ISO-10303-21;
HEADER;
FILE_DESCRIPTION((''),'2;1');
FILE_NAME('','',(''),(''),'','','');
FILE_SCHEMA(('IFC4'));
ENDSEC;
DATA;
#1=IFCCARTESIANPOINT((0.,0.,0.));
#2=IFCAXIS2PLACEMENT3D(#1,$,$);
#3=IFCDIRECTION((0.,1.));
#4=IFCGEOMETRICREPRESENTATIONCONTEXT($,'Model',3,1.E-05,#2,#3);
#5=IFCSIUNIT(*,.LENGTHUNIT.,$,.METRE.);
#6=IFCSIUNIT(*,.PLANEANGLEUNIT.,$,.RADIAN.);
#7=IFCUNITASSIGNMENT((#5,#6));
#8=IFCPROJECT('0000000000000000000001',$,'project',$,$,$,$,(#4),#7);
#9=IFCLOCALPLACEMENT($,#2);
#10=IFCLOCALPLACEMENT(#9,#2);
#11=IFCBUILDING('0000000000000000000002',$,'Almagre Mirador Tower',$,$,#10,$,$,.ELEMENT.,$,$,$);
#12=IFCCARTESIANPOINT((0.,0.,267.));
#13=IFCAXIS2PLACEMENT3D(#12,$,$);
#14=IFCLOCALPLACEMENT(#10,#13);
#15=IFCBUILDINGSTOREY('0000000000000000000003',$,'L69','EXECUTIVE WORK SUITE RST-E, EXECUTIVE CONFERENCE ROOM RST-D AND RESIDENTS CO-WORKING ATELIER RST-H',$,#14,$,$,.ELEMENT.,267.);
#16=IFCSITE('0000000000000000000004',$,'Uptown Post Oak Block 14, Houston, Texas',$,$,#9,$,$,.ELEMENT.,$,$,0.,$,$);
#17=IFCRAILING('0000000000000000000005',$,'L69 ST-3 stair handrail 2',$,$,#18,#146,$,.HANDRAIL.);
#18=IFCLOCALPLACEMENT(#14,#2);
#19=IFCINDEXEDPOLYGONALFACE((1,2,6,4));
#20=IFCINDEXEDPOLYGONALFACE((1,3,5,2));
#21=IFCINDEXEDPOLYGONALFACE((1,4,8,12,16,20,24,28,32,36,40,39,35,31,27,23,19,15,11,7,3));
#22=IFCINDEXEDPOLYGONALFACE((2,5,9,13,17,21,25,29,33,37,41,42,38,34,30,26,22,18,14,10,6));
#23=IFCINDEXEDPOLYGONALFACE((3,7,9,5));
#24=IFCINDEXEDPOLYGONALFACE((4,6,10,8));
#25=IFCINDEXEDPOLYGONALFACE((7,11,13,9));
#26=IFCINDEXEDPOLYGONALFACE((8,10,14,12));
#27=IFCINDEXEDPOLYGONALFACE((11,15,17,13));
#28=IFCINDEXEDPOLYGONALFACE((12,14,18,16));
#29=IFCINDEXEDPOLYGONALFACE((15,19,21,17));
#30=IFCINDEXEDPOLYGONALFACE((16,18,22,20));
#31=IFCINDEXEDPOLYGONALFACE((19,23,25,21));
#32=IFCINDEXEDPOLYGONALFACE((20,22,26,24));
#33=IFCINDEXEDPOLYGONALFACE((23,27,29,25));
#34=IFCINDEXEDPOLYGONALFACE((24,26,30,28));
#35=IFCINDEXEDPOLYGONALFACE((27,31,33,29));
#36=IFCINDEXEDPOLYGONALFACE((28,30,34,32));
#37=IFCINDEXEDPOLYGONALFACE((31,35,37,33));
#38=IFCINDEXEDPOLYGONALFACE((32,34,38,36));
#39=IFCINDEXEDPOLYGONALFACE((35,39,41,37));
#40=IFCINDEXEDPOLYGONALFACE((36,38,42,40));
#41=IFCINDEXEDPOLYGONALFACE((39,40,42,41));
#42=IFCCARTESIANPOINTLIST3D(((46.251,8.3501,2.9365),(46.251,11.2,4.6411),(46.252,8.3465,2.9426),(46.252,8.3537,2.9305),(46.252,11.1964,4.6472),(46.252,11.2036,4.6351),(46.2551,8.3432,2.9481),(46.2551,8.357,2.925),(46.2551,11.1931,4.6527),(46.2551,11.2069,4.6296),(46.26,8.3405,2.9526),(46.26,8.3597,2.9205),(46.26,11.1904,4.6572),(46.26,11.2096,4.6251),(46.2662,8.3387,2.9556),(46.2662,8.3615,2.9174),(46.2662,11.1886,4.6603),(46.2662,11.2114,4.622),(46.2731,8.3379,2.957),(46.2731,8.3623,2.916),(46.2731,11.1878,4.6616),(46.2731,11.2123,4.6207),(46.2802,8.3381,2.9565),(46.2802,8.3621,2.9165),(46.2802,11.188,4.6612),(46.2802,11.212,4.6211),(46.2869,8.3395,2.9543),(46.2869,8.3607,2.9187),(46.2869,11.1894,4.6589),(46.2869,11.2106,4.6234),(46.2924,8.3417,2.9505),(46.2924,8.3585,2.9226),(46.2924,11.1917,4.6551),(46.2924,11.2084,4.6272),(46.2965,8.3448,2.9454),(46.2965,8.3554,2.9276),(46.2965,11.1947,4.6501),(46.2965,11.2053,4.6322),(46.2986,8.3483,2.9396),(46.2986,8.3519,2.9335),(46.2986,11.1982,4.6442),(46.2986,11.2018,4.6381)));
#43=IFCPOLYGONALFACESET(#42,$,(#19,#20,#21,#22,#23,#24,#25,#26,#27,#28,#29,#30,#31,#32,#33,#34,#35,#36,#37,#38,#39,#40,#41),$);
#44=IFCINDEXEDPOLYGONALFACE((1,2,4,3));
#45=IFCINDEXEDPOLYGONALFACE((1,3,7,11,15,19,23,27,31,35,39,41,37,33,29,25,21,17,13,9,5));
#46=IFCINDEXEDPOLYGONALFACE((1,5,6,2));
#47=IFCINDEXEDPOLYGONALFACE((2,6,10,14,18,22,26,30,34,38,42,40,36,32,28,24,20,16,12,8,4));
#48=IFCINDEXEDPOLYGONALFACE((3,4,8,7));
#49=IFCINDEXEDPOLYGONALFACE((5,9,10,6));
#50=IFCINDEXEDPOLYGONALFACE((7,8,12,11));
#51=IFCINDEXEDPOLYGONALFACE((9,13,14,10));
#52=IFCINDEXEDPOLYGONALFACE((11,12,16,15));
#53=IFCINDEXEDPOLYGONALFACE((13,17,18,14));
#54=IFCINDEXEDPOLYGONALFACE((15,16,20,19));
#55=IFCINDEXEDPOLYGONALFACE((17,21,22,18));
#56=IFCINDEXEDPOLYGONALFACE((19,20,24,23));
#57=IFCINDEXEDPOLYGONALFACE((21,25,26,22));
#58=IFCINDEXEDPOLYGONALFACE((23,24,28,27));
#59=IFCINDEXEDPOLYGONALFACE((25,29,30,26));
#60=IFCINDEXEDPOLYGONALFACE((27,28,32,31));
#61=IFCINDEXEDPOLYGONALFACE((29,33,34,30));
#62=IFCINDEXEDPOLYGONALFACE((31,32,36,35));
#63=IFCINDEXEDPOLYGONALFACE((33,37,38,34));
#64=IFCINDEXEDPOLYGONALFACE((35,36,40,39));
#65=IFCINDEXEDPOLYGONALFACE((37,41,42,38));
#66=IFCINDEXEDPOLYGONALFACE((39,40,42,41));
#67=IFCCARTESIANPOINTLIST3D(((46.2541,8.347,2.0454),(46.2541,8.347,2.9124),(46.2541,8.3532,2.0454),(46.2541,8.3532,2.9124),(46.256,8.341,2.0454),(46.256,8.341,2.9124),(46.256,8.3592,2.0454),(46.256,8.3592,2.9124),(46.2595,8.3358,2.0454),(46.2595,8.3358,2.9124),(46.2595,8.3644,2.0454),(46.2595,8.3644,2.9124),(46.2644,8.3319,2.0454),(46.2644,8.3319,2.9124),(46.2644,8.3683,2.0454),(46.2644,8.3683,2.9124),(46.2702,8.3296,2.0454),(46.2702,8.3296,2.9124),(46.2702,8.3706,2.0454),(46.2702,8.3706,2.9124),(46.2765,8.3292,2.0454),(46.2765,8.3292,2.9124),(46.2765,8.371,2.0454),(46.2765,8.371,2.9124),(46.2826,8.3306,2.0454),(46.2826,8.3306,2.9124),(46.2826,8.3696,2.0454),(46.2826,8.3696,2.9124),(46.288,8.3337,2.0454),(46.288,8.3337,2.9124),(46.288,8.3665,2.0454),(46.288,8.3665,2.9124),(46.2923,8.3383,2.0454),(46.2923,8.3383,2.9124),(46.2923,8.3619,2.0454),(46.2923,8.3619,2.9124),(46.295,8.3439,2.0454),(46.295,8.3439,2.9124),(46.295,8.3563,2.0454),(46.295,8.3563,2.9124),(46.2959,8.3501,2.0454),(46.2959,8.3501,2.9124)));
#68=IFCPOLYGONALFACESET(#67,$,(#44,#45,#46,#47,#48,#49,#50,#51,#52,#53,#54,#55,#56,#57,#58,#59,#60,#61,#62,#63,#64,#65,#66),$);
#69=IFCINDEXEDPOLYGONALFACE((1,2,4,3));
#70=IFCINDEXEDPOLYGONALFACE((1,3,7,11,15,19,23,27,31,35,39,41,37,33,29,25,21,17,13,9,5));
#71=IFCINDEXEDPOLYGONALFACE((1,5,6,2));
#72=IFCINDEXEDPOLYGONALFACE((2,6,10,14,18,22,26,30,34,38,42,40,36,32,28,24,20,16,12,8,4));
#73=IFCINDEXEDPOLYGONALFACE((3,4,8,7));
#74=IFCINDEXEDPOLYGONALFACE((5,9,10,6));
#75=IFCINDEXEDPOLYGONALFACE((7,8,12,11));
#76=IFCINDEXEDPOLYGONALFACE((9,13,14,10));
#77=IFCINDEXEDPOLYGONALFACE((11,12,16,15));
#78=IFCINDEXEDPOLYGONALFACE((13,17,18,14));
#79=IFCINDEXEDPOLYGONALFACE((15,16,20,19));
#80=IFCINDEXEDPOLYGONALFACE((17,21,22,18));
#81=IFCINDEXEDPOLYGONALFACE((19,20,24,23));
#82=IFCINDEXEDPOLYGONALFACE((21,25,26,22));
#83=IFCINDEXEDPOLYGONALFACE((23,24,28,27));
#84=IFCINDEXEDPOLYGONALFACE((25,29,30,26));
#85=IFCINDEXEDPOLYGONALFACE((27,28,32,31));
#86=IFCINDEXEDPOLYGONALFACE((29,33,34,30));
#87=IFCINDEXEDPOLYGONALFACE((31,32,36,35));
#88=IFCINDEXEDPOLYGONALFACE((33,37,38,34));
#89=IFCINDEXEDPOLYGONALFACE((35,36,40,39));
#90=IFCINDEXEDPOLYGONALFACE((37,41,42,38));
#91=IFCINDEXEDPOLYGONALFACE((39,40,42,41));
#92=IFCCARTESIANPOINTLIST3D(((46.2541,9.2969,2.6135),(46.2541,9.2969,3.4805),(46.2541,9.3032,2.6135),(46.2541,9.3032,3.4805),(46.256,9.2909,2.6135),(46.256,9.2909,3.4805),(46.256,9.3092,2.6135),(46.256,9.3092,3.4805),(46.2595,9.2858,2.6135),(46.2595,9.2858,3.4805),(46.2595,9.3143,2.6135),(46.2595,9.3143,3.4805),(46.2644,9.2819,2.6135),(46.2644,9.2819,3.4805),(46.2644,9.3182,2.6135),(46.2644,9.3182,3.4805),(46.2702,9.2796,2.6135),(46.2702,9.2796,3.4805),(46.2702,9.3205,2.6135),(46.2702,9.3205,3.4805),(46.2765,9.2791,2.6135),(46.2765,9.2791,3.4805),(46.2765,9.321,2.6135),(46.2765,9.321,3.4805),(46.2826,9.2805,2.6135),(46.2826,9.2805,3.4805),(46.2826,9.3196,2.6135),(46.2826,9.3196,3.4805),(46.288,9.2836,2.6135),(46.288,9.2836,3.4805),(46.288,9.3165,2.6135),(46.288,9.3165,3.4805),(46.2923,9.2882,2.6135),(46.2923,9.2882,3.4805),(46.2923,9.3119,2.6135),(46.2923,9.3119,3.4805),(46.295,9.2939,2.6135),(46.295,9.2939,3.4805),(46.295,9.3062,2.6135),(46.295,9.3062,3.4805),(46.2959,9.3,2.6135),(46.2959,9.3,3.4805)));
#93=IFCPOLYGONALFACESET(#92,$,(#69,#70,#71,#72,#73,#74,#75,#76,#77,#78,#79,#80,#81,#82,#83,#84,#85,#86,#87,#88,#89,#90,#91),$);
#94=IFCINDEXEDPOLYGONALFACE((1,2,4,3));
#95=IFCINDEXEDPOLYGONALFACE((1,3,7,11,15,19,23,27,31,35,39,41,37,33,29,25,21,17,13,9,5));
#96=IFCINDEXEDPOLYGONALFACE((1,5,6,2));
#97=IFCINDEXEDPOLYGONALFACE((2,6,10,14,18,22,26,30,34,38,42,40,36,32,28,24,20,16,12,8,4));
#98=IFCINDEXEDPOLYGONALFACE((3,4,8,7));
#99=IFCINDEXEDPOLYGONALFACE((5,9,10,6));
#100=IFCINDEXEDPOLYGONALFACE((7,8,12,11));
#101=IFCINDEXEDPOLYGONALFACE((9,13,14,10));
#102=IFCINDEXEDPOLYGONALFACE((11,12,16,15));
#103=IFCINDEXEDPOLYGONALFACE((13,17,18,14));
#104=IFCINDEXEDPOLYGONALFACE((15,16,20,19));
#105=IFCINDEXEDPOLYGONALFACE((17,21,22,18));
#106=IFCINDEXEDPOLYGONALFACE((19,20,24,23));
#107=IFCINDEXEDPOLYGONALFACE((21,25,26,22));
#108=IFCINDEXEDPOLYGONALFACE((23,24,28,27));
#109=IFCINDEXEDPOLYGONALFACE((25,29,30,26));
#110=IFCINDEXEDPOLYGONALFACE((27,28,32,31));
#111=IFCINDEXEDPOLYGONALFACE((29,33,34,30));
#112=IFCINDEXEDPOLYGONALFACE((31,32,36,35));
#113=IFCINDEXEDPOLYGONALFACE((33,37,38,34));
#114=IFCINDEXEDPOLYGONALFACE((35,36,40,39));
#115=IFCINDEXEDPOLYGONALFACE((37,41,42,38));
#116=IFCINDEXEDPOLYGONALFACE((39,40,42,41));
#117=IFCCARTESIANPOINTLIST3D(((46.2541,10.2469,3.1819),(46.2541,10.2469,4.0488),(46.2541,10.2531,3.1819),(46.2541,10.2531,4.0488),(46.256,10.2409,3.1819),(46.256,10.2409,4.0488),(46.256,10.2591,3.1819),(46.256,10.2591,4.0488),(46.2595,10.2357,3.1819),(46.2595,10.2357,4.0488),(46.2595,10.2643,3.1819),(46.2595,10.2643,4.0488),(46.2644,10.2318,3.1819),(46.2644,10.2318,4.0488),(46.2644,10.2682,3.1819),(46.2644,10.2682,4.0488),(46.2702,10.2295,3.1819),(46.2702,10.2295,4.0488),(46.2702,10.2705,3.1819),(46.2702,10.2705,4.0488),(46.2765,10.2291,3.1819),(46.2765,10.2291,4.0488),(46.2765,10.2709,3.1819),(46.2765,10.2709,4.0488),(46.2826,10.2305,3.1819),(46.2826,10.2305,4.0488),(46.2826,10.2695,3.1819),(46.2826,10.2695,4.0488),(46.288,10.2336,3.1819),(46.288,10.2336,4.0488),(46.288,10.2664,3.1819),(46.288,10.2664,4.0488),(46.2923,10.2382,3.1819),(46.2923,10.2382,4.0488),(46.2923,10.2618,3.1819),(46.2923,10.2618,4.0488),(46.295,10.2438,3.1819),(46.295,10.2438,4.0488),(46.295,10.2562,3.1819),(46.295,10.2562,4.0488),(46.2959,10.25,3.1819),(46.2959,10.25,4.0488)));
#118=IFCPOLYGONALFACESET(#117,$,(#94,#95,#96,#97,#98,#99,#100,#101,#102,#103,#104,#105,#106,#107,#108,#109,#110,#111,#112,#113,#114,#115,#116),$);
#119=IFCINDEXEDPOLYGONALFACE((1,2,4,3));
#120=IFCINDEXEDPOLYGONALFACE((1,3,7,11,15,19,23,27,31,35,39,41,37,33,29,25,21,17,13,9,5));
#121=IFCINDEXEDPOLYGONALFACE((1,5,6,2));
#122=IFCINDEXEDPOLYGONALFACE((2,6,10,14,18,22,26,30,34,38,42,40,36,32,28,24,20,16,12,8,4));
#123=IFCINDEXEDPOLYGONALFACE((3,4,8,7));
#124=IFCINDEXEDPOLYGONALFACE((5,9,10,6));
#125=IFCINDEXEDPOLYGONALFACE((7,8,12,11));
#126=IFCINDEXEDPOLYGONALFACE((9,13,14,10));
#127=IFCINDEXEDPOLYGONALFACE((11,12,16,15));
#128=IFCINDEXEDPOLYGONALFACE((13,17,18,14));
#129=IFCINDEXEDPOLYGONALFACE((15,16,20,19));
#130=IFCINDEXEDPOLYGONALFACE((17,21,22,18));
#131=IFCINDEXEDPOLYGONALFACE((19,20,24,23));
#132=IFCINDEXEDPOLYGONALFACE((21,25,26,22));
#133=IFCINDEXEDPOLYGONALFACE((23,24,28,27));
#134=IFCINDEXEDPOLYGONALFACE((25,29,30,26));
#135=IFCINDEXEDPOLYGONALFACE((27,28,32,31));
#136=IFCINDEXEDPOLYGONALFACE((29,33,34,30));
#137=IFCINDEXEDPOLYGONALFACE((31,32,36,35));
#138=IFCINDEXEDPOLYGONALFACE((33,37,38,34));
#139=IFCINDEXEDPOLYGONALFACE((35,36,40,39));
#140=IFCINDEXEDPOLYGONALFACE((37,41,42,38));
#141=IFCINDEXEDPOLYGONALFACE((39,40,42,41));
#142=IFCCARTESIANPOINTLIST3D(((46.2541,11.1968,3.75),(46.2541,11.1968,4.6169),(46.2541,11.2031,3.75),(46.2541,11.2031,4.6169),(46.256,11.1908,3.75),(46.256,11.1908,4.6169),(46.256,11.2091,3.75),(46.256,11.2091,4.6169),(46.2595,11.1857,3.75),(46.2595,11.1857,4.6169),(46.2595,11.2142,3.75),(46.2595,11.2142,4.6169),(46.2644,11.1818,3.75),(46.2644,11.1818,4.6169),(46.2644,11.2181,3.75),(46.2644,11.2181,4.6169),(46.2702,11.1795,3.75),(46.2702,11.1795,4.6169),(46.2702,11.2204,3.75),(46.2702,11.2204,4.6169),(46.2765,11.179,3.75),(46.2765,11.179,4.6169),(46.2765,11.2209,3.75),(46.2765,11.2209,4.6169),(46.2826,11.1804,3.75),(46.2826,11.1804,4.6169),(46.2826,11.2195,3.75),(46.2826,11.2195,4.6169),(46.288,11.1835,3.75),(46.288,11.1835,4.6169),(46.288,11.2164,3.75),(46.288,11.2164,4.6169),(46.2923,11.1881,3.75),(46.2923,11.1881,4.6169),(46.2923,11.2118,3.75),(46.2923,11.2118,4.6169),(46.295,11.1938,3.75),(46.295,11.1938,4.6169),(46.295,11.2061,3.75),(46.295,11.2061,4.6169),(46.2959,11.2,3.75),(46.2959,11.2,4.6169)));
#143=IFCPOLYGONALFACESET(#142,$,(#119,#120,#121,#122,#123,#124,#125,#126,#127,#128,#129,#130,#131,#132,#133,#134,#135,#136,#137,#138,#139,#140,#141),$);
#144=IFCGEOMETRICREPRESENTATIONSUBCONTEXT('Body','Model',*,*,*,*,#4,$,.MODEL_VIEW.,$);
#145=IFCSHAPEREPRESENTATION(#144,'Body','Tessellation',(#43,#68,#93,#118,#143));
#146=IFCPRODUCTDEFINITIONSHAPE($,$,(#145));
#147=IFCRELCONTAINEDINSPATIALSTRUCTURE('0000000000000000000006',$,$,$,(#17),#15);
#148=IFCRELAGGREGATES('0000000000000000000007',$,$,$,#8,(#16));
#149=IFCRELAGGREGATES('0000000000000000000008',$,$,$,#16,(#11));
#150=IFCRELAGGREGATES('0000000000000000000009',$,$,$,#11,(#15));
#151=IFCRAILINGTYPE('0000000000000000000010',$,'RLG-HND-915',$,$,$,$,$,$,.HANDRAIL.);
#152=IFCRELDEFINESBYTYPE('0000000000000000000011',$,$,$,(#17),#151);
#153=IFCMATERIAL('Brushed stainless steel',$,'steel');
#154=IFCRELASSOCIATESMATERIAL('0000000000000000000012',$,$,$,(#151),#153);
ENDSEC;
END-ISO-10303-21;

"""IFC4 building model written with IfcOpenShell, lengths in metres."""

from ifc_helpers import new_model, si_unit, direction, frame, origin, origin_2d, place, context, subcontext, project, spatial, circle, extrude, material, type_object, element, save


model = new_model("IFC4")

# Units and contexts
model_context = context("Model", 3, precision=1e-05, world=origin(), true_north=direction((0.0, 1.0)))
body_context = subcontext(model_context, "Body", "Model", "MODEL_VIEW")
ifc_project = project(units=[si_unit("LENGTHUNIT", "METRE"), si_unit("PLANEANGLEUNIT", "RADIAN")], contexts=[model_context])

# Site, building, storey
site_placement = place(None, origin())
site = spatial("IfcSite", under=ifc_project, at=site_placement, Name="Uptown Post Oak Block 14, Houston, Texas", CompositionType="ELEMENT", RefElevation=0.0)
building_placement = place(site_placement, origin())
building = spatial("IfcBuilding", under=site, at=building_placement, Name="Almagre Mirador Tower", CompositionType="ELEMENT")
storey_placement = place(building_placement, frame((0.0, 0.0, 267.0)))
storey = spatial("IfcBuildingStorey", under=building, at=storey_placement, Name="L69", Description="EXECUTIVE WORK SUITE RST-E, EXECUTIVE CONFERENCE ROOM RST-D AND RESIDENTS CO-WORKING ATELIER RST-H", CompositionType="ELEMENT", Elevation=267.0)

# Railing
ifc_material_1 = material(Name="Brushed stainless steel", Category="steel")
railing_type_1 = type_object("IfcRailingType", Name="RLG-HND-915", PredefinedType="HANDRAIL", material=ifc_material_1)
railing_1_placement = place(storey_placement, frame((46.2749, 8.3501, 2.0454)))
element("IfcRailing", 1, at=railing_1_placement, inside=storey, type_object=railing_type_1, Name="L69 ST-3 stair handrail 2", PredefinedType="HANDRAIL", context=body_context, shape_type="SweptSolid", body=[
    extrude(circle(Radius=0.0239, at=origin_2d()), frame((0.0, 0.0, 0.8911), z_axis=(0.0, 0.858199, 0.513317), x_axis=(-1.0, 0.0, 0.0)), (0.0, 0.0, 1.0), 3.3208),
    extrude(circle(Radius=0.021, at=origin_2d()), origin(), (0.0, 0.0, 1.0), 0.8669),
    extrude(circle(Radius=0.021, at=origin_2d()), frame((0.0, 0.95, 0.5681)), (0.0, 0.0, 1.0), 0.8669),
    extrude(circle(Radius=0.021, at=origin_2d()), frame((0.0, 1.8999, 1.1365)), (0.0, 0.0, 1.0), 0.8669),
    extrude(circle(Radius=0.021, at=origin_2d()), frame((0.0, 2.8499, 1.7046)), (0.0, 0.0, 1.0), 0.8669),
])

save(model, "model.ifc")
